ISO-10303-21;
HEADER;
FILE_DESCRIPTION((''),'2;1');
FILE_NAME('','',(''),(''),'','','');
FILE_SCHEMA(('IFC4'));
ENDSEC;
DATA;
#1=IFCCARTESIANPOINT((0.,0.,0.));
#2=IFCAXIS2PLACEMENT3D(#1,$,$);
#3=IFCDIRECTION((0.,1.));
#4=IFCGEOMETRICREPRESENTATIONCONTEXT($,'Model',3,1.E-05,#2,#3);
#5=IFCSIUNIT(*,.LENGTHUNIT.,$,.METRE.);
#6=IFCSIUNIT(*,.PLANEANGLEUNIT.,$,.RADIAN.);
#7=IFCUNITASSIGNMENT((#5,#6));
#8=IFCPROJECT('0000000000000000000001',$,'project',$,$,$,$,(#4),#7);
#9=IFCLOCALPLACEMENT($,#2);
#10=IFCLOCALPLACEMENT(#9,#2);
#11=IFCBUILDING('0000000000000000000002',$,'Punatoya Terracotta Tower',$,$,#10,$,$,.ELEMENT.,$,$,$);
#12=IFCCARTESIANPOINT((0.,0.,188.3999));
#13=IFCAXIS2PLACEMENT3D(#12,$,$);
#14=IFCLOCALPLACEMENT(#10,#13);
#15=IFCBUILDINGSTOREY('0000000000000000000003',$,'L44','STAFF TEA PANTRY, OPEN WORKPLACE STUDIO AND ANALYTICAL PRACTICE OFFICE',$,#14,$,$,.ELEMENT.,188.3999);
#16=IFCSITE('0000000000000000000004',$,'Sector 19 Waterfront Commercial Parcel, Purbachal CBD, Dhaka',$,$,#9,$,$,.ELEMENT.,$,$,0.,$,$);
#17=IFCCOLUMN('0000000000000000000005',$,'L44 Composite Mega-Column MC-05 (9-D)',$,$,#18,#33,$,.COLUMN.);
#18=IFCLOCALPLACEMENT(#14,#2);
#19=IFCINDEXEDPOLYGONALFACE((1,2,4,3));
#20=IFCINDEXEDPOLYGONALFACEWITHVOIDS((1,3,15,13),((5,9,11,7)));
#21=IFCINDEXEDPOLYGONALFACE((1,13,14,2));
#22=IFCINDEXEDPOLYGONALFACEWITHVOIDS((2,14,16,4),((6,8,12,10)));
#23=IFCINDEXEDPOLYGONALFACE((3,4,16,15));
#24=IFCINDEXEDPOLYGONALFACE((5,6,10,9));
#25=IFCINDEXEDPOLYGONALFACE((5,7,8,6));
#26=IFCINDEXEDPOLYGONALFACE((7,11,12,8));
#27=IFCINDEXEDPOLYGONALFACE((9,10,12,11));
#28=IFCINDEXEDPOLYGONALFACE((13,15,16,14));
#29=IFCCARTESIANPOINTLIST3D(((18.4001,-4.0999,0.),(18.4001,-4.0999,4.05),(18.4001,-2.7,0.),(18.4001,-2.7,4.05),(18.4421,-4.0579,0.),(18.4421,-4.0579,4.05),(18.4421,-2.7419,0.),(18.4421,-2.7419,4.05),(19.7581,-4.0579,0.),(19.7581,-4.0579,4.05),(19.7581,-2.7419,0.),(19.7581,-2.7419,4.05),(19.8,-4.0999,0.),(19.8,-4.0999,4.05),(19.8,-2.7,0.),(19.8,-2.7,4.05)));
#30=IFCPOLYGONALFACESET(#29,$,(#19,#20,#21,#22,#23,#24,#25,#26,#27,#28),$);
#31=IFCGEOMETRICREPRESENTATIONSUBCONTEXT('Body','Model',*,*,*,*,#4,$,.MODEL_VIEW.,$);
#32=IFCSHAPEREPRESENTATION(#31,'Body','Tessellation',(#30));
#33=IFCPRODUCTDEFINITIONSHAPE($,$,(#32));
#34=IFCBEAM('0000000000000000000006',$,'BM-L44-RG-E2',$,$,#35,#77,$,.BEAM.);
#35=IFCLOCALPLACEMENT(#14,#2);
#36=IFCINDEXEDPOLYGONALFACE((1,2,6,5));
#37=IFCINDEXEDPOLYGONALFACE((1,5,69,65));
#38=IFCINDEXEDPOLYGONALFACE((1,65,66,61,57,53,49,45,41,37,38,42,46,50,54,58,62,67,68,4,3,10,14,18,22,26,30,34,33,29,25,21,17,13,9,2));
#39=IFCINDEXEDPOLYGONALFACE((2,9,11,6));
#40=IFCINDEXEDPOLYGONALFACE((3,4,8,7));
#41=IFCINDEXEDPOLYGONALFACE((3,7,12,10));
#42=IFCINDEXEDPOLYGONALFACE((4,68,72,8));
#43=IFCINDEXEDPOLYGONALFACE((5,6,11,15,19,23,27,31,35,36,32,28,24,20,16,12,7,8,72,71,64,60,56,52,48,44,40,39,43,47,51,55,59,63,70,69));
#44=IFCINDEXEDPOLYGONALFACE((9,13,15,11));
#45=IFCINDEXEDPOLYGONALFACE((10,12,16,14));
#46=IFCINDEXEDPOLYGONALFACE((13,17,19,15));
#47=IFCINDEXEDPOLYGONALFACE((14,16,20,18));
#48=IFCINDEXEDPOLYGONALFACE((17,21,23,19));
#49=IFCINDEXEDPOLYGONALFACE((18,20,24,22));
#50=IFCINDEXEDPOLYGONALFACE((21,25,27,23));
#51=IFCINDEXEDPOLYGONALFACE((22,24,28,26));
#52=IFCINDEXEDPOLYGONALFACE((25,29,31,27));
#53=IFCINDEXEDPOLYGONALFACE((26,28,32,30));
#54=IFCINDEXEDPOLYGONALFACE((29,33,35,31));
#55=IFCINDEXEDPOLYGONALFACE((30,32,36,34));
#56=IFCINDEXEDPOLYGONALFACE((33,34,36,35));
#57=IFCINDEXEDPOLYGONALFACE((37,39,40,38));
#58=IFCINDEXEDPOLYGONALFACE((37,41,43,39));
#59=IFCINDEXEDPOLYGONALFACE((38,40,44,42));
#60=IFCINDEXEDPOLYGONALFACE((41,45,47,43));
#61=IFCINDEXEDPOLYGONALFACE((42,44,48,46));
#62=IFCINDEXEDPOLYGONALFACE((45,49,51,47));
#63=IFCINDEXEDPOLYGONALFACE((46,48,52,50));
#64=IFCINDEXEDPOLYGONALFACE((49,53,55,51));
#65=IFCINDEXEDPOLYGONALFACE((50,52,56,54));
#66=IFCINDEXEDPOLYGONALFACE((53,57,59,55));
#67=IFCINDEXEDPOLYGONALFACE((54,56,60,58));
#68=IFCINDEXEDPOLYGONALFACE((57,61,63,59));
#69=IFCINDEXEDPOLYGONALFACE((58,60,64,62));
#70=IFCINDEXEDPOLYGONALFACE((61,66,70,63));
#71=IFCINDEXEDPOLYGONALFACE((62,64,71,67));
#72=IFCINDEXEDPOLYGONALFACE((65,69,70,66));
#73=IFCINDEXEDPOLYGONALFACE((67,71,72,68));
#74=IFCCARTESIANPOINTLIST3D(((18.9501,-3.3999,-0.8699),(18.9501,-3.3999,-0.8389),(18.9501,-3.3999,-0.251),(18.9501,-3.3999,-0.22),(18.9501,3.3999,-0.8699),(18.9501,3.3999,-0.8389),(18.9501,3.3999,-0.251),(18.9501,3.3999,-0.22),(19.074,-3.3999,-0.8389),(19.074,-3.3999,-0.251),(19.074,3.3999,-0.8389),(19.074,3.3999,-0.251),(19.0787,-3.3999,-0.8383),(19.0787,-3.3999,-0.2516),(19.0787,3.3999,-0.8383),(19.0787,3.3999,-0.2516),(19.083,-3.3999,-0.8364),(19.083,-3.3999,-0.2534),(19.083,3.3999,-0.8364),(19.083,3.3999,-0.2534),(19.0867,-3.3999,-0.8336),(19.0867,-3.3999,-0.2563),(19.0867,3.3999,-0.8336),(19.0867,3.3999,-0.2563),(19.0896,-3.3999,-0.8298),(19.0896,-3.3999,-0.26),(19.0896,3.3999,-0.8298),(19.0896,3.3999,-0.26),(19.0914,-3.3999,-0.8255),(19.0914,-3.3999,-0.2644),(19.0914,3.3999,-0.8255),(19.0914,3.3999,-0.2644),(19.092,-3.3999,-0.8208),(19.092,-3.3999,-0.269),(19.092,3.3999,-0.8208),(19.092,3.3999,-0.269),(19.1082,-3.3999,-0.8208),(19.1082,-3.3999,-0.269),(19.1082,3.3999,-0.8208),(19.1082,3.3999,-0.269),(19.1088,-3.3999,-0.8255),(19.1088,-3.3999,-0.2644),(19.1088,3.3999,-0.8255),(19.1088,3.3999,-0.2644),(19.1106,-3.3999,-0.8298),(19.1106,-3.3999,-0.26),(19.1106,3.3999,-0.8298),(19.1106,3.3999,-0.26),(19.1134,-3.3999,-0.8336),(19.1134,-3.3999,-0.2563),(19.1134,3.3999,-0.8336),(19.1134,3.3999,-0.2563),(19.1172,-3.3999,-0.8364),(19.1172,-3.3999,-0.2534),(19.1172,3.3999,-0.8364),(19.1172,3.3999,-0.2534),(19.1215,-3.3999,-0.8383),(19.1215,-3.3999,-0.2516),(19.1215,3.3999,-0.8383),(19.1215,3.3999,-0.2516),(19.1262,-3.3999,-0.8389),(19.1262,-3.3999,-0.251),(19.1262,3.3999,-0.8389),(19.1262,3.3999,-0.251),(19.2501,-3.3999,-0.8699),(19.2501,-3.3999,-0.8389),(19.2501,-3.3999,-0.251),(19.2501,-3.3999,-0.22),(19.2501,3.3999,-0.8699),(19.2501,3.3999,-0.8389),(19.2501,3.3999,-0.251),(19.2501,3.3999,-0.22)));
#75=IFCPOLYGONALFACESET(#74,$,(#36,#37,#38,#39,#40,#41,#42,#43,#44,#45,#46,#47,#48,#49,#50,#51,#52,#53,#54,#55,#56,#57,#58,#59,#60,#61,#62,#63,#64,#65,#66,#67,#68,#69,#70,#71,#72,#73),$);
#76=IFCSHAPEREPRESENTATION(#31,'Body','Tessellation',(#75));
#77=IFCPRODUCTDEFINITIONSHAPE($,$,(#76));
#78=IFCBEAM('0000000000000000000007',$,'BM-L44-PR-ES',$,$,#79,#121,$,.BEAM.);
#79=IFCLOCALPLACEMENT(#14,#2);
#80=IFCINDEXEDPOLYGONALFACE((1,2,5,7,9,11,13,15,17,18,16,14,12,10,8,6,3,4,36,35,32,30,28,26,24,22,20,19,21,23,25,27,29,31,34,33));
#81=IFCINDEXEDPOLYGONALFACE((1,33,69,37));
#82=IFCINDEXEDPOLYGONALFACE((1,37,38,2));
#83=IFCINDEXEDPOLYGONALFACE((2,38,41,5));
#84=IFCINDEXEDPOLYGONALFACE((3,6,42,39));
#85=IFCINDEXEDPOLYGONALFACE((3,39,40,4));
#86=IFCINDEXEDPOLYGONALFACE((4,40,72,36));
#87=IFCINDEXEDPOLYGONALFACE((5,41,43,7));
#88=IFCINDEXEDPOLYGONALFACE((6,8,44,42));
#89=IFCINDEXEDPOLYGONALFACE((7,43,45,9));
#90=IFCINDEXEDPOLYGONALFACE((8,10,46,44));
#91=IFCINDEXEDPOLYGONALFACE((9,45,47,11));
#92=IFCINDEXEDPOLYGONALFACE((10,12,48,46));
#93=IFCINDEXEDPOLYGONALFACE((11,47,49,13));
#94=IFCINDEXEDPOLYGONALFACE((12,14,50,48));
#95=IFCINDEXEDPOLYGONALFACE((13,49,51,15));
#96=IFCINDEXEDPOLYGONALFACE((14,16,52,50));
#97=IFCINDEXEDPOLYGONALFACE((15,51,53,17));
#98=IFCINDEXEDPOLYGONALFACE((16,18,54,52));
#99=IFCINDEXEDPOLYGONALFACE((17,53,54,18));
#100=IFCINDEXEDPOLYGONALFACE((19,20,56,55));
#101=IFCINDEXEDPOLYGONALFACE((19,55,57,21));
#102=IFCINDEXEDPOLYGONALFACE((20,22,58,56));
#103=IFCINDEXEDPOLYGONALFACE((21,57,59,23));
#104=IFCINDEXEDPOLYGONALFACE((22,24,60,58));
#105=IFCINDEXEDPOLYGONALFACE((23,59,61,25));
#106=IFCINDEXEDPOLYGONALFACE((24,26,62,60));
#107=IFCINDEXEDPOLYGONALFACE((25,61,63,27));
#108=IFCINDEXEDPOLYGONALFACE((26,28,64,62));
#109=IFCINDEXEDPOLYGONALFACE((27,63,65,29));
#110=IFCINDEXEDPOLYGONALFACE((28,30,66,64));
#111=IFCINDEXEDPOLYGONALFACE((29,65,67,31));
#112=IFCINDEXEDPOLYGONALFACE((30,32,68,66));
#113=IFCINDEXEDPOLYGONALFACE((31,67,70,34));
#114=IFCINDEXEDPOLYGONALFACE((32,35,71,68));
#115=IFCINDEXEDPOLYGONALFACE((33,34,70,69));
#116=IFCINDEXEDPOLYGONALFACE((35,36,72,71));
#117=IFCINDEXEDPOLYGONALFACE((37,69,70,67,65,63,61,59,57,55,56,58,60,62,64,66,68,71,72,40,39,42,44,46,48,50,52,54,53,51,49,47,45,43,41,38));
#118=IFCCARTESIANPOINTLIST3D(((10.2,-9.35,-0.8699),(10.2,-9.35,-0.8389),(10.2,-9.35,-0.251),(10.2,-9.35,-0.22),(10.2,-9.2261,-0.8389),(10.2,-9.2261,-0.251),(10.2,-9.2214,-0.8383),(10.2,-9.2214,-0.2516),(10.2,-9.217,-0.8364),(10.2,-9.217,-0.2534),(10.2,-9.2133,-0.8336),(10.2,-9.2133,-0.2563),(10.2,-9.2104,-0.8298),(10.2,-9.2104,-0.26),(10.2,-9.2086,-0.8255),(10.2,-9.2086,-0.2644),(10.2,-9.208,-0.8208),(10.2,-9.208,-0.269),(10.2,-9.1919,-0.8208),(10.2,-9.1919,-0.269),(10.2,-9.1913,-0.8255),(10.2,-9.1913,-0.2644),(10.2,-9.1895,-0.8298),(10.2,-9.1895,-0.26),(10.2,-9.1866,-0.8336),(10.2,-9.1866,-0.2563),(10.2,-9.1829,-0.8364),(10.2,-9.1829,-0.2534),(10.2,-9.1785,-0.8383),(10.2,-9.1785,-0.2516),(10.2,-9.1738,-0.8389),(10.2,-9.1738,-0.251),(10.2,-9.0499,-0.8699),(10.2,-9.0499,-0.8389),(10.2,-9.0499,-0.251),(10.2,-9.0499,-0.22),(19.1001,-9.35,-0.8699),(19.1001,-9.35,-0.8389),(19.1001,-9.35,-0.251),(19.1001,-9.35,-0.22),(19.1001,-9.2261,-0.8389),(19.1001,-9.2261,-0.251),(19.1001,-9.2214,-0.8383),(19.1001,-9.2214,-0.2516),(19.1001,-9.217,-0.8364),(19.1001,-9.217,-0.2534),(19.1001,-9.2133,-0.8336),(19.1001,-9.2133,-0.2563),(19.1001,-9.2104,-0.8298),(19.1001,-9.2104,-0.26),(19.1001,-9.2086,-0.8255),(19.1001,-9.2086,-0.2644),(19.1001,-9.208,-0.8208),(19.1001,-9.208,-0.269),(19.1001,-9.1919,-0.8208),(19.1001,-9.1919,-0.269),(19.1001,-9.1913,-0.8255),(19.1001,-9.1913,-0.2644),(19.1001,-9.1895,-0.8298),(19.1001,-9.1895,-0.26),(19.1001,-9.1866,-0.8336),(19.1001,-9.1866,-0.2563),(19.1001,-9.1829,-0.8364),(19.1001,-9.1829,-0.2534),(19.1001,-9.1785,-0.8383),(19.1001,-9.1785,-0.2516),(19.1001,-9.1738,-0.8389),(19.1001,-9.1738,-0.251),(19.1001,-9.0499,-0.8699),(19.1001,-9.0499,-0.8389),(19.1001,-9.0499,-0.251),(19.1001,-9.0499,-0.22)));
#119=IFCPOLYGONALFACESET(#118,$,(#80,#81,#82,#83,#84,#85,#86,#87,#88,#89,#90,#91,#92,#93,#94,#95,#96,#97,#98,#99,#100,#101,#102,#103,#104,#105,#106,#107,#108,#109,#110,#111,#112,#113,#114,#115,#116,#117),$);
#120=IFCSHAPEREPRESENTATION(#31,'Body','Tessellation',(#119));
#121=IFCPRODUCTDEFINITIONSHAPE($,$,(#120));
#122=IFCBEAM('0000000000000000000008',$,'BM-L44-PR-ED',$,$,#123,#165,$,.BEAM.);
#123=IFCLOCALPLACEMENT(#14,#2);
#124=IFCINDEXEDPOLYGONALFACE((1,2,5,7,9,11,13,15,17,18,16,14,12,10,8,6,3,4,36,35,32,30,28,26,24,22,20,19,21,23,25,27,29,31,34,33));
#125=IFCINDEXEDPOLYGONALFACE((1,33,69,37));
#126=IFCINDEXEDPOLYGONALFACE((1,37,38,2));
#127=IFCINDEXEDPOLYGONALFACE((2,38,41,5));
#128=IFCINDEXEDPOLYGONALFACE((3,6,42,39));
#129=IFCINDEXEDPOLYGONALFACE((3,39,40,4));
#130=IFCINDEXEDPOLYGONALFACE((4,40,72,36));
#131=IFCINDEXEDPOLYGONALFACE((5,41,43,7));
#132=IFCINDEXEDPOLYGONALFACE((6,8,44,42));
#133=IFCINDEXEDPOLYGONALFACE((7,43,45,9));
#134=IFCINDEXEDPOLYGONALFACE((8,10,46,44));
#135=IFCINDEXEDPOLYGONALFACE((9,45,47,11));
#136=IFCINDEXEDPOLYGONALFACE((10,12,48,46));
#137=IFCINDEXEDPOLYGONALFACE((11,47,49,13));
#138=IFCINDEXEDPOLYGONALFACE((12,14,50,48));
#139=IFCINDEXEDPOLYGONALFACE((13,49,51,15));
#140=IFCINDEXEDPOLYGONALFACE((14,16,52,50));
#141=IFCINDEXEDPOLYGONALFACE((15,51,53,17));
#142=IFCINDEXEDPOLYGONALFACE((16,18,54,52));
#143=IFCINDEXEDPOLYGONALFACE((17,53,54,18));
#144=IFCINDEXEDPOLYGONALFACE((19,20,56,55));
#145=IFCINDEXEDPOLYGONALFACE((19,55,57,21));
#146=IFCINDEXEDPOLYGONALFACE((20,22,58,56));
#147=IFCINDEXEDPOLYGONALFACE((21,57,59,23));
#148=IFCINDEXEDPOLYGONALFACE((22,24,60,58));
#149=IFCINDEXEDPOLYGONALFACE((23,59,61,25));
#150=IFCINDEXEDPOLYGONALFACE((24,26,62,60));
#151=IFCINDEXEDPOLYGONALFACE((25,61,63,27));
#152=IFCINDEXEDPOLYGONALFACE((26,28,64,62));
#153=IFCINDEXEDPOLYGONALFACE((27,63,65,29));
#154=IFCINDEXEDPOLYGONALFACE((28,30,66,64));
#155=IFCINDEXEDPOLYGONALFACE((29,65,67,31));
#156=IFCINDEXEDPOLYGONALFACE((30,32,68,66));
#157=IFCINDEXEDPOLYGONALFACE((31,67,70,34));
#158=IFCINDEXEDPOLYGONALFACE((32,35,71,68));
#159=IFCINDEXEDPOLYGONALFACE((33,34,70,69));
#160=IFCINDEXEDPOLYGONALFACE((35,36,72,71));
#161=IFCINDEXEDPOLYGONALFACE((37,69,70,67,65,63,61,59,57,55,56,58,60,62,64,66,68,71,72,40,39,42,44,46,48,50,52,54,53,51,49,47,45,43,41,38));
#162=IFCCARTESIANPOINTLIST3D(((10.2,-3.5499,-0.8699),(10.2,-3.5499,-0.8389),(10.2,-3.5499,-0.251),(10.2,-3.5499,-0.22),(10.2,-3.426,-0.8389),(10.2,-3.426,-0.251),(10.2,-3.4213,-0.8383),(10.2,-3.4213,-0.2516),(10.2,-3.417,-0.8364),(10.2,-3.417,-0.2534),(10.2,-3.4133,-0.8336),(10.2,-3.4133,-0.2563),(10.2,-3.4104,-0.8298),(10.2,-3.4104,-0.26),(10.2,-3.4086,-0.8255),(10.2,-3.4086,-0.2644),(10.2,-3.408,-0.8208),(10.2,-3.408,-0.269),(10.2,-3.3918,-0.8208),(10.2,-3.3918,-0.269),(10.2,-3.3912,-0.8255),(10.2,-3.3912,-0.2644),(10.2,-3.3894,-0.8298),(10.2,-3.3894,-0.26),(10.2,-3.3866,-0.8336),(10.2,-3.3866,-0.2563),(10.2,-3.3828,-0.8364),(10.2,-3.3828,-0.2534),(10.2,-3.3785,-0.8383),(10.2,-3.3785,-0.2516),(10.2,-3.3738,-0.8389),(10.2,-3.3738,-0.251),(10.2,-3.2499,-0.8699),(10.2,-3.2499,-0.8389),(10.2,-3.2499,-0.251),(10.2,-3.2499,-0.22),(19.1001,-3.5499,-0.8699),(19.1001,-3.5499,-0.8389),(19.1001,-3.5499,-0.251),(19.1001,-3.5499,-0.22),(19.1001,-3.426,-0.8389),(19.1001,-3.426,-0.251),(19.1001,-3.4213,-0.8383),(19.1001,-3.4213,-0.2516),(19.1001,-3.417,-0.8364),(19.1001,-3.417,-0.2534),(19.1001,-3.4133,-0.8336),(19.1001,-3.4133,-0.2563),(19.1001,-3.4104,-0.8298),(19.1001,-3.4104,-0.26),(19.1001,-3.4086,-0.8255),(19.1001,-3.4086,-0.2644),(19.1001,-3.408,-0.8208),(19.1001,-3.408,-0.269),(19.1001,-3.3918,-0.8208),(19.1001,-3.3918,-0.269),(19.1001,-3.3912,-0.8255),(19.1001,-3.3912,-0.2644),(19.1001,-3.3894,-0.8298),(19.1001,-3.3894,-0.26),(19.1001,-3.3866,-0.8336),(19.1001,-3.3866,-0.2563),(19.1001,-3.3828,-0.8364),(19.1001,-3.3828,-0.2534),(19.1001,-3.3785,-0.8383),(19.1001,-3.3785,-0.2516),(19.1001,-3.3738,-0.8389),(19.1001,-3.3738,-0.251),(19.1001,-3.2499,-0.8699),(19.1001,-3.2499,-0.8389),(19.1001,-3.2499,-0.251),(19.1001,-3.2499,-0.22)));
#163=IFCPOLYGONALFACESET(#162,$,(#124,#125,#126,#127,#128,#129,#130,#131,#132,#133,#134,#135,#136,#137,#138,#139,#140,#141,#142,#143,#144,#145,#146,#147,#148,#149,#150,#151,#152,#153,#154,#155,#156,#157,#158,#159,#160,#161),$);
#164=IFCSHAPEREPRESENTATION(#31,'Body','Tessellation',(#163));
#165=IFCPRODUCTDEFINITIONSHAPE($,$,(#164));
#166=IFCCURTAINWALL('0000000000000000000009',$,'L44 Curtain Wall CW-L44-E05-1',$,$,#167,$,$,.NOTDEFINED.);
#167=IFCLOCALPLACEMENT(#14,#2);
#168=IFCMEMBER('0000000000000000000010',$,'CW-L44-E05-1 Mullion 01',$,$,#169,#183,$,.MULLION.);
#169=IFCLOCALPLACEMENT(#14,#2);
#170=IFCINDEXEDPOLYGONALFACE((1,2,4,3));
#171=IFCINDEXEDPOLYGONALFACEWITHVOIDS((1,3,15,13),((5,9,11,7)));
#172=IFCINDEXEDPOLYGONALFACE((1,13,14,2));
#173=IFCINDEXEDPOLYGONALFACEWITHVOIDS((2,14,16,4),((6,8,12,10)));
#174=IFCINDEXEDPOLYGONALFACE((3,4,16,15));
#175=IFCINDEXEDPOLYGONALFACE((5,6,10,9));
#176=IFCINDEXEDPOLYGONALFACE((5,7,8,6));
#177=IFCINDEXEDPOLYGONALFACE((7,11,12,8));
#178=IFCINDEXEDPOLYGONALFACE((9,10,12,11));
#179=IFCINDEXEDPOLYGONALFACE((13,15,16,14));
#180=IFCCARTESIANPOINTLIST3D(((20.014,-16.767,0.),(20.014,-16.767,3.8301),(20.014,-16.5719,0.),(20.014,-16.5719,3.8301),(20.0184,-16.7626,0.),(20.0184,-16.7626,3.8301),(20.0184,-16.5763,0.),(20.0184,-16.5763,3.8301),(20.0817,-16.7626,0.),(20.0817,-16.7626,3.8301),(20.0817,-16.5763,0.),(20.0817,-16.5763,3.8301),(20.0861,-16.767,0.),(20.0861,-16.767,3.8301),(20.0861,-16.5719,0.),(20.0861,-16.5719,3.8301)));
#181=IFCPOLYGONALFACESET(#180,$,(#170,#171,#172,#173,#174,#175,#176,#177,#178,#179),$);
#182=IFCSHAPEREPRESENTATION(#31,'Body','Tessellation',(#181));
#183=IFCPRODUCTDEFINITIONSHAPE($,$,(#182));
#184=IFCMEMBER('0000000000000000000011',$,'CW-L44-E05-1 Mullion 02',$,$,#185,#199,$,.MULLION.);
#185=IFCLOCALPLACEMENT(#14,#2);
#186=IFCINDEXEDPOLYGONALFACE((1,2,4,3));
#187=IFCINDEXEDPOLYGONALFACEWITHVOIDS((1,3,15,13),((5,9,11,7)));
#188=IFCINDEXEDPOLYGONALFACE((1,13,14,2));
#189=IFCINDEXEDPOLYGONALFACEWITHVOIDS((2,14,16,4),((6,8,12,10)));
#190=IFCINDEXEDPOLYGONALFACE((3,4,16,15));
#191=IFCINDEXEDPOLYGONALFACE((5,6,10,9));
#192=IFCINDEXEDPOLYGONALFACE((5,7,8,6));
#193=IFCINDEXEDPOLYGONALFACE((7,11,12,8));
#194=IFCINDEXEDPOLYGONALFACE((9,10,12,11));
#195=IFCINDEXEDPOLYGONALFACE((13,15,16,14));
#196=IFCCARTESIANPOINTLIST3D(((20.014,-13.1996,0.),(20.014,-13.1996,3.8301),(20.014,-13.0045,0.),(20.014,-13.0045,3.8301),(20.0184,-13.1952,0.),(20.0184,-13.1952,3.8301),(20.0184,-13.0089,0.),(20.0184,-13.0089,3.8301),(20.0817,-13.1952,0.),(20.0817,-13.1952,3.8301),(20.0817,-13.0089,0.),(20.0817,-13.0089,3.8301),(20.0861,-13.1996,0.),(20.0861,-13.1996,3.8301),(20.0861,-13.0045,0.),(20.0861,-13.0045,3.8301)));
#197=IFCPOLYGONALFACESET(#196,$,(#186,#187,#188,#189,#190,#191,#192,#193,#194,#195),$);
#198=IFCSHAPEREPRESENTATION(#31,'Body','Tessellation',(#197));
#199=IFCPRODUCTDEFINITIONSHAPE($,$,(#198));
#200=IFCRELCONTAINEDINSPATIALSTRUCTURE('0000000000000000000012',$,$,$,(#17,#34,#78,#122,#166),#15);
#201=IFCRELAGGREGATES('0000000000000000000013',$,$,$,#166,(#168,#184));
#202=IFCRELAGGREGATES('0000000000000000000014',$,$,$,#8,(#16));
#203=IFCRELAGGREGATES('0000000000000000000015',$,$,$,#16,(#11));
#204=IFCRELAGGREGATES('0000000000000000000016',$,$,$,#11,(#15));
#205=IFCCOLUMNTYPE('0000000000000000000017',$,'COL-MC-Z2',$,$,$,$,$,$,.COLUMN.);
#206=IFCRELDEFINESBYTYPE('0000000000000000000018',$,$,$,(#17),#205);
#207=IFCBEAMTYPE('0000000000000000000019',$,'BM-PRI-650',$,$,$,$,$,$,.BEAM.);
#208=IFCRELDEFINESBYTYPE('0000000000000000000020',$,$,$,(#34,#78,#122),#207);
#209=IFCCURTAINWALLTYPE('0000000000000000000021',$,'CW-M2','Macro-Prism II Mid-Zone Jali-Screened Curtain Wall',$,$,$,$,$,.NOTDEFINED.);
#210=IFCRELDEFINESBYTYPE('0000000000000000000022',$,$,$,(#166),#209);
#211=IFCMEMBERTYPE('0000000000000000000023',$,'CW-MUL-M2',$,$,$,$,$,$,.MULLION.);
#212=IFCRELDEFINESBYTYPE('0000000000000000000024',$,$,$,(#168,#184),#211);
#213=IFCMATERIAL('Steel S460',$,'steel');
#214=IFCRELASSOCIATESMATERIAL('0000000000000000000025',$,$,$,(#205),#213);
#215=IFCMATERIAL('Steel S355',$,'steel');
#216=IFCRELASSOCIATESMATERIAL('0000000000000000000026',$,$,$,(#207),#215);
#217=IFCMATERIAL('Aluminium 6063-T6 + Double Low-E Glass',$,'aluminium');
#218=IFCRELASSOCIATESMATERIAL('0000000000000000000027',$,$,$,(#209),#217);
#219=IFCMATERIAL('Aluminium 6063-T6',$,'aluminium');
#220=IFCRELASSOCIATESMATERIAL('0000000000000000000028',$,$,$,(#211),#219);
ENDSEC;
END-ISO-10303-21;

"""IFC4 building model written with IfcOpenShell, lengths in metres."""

from ifc_helpers import new_model, si_unit, direction, frame, origin, origin_2d, place, context, subcontext, project, spatial, hollow_rectangle, i_section, extrude, material, material_profile, profile_set, type_object, element, aggregate, save


model = new_model("IFC4")

# Units and contexts
model_context = context("Model", 3, precision=1e-05, world=origin(), true_north=direction((0.0, 1.0)))
body_context = subcontext(model_context, "Body", "Model", "MODEL_VIEW")
ifc_project = project(units=[si_unit("LENGTHUNIT", "METRE"), si_unit("PLANEANGLEUNIT", "RADIAN")], contexts=[model_context])

# Site, building, storey
site_placement = place(None, origin())
site = spatial("IfcSite", under=ifc_project, at=site_placement, Name="Sector 19 Waterfront Commercial Parcel, Purbachal CBD, Dhaka", CompositionType="ELEMENT", RefElevation=0.0)
building_placement = place(site_placement, origin())
building = spatial("IfcBuilding", under=site, at=building_placement, Name="Punatoya Terracotta Tower", CompositionType="ELEMENT")
storey_placement = place(building_placement, frame((0.0, 0.0, 188.3999)))
storey = spatial("IfcBuildingStorey", under=building, at=storey_placement, Name="L44", Description="STAFF TEA PANTRY, OPEN WORKPLACE STUDIO AND ANALYTICAL PRACTICE OFFICE", CompositionType="ELEMENT", Elevation=188.3999)

# Column
ifc_material_1 = material(Name="Steel S460", Category="steel")
ifc_material_profile_1 = material_profile(ifc_material_1, hollow_rectangle(XDim=1.3999, YDim=1.3999, WallThickness=0.042, at=origin_2d()))
ifc_profile_set_1 = profile_set([ifc_material_profile_1], Name="Steel S460")
column_type = type_object("IfcColumnType", Name="COL-MC-Z2", PredefinedType="COLUMN", material=ifc_profile_set_1)
column_placement = place(storey_placement, frame((19.1001, -3.3999, 0.0), z_axis=(0.0, 0.0, 1.0), x_axis=(1.0, 0.0, 0.0)))
element("IfcColumn", 1, at=column_placement, inside=storey, type_object=column_type, Name="L44 Composite Mega-Column MC-05 (9-D)", PredefinedType="COLUMN", context=body_context, shape_type="SweptSolid", body=[
    extrude(hollow_rectangle(XDim=1.3999, YDim=1.3999, WallThickness=0.042, at=origin_2d()), origin(), (0.0, 0.0, 1.0), 4.05),
])

# Beams
ifc_material_2 = material(Name="Steel S355", Category="steel")
ifc_material_profile_2 = material_profile(ifc_material_2, i_section(OverallWidth=0.3, OverallDepth=0.6499, WebThickness=0.0161, FlangeThickness=0.031, FilletRadius=0.0181, at=origin_2d()))
ifc_profile_set_2 = profile_set([ifc_material_profile_2], Name="Steel S355")
beam_type = type_object("IfcBeamType", Name="BM-PRI-650", PredefinedType="BEAM", material=ifc_profile_set_2)
beam_placement = place(storey_placement, frame((19.1001, -3.3999, -0.5449), z_axis=(0.0, 1.0, 0.0), x_axis=(-1.0, 0.0, 0.0)))
element("IfcBeam", 2, at=beam_placement, inside=storey, type_object=beam_type, Name="BM-L44-RG-E2", PredefinedType="BEAM", context=body_context, shape_type="SweptSolid", body=[
    extrude(i_section(OverallWidth=0.3, OverallDepth=0.6499, WebThickness=0.0161, FlangeThickness=0.031, FilletRadius=0.0181, at=origin_2d()), origin(), (0.0, 0.0, 1.0), 6.7998),
])
for number, where, z_axis, x_axis, name in (
    (3, (10.2, -9.2, -0.5449), (1.0, 0.0, 0.0), (0.0, 1.0, 0.0), "BM-L44-PR-ES"),
    (4, (10.2, -3.3999, -0.5449), (1.0, 0.0, 0.0), (0.0, 1.0, 0.0), "BM-L44-PR-ED"),
):
    element("IfcBeam", number, at=place(storey_placement, frame(where, z_axis=z_axis, x_axis=x_axis)), inside=storey, type_object=beam_type, Name=name, PredefinedType="BEAM", context=body_context, shape_type="SweptSolid", body=[
        extrude(i_section(OverallWidth=0.3, OverallDepth=0.6499, WebThickness=0.0161, FlangeThickness=0.031, FilletRadius=0.0181, at=origin_2d()), origin(), (0.0, 0.0, 1.0), 8.9001),
    ])

# Curtain wall, members
ifc_material_3 = material(Name="Aluminium 6063-T6 + Double Low-E Glass", Category="aluminium")
curtain_wall_type = type_object("IfcCurtainWallType", Name="CW-M2", Description="Macro-Prism II Mid-Zone Jali-Screened Curtain Wall", PredefinedType="NOTDEFINED", material=ifc_material_3)
curtain_wall_placement = place(storey_placement, origin())
curtain_wall = element("IfcCurtainWall", 5, at=curtain_wall_placement, inside=storey, type_object=curtain_wall_type, Name="L44 Curtain Wall CW-L44-E05-1", PredefinedType="NOTDEFINED")
ifc_material_4 = material(Name="Aluminium 6063-T6", Category="aluminium")
ifc_material_profile_3 = material_profile(ifc_material_4, hollow_rectangle(XDim=0.072, YDim=0.1951, WallThickness=0.0044, at=origin_2d()))
ifc_profile_set_3 = profile_set([ifc_material_profile_3], Name="Aluminium 6063-T6")
member_type = type_object("IfcMemberType", Name="CW-MUL-M2", PredefinedType="MULLION", material=ifc_profile_set_3)
member_1_placement = place(storey_placement, frame((20.05, -16.6694, 0.0), z_axis=(0.0, 0.0, 1.0), x_axis=(1.0, 0.0, 0.0)))
member_1 = element("IfcMember", 6, at=member_1_placement, type_object=member_type, Name="CW-L44-E05-1 Mullion 01", PredefinedType="MULLION", context=body_context, shape_type="SweptSolid", body=[
    extrude(hollow_rectangle(XDim=0.072, YDim=0.1951, WallThickness=0.0044, at=origin_2d()), origin(), (0.0, 0.0, 1.0), 3.8301),
])
member_2_placement = place(storey_placement, frame((20.05, -13.1021, 0.0), z_axis=(0.0, 0.0, 1.0), x_axis=(1.0, 0.0, 0.0)))
member_2 = element("IfcMember", 7, at=member_2_placement, type_object=member_type, Name="CW-L44-E05-1 Mullion 02", PredefinedType="MULLION", context=body_context, shape_type="SweptSolid", body=[
    extrude(hollow_rectangle(XDim=0.072, YDim=0.1951, WallThickness=0.0044, at=origin_2d()), origin(), (0.0, 0.0, 1.0), 3.8301),
])
aggregate(curtain_wall, [member_1, member_2])

save(model, "model.ifc")
